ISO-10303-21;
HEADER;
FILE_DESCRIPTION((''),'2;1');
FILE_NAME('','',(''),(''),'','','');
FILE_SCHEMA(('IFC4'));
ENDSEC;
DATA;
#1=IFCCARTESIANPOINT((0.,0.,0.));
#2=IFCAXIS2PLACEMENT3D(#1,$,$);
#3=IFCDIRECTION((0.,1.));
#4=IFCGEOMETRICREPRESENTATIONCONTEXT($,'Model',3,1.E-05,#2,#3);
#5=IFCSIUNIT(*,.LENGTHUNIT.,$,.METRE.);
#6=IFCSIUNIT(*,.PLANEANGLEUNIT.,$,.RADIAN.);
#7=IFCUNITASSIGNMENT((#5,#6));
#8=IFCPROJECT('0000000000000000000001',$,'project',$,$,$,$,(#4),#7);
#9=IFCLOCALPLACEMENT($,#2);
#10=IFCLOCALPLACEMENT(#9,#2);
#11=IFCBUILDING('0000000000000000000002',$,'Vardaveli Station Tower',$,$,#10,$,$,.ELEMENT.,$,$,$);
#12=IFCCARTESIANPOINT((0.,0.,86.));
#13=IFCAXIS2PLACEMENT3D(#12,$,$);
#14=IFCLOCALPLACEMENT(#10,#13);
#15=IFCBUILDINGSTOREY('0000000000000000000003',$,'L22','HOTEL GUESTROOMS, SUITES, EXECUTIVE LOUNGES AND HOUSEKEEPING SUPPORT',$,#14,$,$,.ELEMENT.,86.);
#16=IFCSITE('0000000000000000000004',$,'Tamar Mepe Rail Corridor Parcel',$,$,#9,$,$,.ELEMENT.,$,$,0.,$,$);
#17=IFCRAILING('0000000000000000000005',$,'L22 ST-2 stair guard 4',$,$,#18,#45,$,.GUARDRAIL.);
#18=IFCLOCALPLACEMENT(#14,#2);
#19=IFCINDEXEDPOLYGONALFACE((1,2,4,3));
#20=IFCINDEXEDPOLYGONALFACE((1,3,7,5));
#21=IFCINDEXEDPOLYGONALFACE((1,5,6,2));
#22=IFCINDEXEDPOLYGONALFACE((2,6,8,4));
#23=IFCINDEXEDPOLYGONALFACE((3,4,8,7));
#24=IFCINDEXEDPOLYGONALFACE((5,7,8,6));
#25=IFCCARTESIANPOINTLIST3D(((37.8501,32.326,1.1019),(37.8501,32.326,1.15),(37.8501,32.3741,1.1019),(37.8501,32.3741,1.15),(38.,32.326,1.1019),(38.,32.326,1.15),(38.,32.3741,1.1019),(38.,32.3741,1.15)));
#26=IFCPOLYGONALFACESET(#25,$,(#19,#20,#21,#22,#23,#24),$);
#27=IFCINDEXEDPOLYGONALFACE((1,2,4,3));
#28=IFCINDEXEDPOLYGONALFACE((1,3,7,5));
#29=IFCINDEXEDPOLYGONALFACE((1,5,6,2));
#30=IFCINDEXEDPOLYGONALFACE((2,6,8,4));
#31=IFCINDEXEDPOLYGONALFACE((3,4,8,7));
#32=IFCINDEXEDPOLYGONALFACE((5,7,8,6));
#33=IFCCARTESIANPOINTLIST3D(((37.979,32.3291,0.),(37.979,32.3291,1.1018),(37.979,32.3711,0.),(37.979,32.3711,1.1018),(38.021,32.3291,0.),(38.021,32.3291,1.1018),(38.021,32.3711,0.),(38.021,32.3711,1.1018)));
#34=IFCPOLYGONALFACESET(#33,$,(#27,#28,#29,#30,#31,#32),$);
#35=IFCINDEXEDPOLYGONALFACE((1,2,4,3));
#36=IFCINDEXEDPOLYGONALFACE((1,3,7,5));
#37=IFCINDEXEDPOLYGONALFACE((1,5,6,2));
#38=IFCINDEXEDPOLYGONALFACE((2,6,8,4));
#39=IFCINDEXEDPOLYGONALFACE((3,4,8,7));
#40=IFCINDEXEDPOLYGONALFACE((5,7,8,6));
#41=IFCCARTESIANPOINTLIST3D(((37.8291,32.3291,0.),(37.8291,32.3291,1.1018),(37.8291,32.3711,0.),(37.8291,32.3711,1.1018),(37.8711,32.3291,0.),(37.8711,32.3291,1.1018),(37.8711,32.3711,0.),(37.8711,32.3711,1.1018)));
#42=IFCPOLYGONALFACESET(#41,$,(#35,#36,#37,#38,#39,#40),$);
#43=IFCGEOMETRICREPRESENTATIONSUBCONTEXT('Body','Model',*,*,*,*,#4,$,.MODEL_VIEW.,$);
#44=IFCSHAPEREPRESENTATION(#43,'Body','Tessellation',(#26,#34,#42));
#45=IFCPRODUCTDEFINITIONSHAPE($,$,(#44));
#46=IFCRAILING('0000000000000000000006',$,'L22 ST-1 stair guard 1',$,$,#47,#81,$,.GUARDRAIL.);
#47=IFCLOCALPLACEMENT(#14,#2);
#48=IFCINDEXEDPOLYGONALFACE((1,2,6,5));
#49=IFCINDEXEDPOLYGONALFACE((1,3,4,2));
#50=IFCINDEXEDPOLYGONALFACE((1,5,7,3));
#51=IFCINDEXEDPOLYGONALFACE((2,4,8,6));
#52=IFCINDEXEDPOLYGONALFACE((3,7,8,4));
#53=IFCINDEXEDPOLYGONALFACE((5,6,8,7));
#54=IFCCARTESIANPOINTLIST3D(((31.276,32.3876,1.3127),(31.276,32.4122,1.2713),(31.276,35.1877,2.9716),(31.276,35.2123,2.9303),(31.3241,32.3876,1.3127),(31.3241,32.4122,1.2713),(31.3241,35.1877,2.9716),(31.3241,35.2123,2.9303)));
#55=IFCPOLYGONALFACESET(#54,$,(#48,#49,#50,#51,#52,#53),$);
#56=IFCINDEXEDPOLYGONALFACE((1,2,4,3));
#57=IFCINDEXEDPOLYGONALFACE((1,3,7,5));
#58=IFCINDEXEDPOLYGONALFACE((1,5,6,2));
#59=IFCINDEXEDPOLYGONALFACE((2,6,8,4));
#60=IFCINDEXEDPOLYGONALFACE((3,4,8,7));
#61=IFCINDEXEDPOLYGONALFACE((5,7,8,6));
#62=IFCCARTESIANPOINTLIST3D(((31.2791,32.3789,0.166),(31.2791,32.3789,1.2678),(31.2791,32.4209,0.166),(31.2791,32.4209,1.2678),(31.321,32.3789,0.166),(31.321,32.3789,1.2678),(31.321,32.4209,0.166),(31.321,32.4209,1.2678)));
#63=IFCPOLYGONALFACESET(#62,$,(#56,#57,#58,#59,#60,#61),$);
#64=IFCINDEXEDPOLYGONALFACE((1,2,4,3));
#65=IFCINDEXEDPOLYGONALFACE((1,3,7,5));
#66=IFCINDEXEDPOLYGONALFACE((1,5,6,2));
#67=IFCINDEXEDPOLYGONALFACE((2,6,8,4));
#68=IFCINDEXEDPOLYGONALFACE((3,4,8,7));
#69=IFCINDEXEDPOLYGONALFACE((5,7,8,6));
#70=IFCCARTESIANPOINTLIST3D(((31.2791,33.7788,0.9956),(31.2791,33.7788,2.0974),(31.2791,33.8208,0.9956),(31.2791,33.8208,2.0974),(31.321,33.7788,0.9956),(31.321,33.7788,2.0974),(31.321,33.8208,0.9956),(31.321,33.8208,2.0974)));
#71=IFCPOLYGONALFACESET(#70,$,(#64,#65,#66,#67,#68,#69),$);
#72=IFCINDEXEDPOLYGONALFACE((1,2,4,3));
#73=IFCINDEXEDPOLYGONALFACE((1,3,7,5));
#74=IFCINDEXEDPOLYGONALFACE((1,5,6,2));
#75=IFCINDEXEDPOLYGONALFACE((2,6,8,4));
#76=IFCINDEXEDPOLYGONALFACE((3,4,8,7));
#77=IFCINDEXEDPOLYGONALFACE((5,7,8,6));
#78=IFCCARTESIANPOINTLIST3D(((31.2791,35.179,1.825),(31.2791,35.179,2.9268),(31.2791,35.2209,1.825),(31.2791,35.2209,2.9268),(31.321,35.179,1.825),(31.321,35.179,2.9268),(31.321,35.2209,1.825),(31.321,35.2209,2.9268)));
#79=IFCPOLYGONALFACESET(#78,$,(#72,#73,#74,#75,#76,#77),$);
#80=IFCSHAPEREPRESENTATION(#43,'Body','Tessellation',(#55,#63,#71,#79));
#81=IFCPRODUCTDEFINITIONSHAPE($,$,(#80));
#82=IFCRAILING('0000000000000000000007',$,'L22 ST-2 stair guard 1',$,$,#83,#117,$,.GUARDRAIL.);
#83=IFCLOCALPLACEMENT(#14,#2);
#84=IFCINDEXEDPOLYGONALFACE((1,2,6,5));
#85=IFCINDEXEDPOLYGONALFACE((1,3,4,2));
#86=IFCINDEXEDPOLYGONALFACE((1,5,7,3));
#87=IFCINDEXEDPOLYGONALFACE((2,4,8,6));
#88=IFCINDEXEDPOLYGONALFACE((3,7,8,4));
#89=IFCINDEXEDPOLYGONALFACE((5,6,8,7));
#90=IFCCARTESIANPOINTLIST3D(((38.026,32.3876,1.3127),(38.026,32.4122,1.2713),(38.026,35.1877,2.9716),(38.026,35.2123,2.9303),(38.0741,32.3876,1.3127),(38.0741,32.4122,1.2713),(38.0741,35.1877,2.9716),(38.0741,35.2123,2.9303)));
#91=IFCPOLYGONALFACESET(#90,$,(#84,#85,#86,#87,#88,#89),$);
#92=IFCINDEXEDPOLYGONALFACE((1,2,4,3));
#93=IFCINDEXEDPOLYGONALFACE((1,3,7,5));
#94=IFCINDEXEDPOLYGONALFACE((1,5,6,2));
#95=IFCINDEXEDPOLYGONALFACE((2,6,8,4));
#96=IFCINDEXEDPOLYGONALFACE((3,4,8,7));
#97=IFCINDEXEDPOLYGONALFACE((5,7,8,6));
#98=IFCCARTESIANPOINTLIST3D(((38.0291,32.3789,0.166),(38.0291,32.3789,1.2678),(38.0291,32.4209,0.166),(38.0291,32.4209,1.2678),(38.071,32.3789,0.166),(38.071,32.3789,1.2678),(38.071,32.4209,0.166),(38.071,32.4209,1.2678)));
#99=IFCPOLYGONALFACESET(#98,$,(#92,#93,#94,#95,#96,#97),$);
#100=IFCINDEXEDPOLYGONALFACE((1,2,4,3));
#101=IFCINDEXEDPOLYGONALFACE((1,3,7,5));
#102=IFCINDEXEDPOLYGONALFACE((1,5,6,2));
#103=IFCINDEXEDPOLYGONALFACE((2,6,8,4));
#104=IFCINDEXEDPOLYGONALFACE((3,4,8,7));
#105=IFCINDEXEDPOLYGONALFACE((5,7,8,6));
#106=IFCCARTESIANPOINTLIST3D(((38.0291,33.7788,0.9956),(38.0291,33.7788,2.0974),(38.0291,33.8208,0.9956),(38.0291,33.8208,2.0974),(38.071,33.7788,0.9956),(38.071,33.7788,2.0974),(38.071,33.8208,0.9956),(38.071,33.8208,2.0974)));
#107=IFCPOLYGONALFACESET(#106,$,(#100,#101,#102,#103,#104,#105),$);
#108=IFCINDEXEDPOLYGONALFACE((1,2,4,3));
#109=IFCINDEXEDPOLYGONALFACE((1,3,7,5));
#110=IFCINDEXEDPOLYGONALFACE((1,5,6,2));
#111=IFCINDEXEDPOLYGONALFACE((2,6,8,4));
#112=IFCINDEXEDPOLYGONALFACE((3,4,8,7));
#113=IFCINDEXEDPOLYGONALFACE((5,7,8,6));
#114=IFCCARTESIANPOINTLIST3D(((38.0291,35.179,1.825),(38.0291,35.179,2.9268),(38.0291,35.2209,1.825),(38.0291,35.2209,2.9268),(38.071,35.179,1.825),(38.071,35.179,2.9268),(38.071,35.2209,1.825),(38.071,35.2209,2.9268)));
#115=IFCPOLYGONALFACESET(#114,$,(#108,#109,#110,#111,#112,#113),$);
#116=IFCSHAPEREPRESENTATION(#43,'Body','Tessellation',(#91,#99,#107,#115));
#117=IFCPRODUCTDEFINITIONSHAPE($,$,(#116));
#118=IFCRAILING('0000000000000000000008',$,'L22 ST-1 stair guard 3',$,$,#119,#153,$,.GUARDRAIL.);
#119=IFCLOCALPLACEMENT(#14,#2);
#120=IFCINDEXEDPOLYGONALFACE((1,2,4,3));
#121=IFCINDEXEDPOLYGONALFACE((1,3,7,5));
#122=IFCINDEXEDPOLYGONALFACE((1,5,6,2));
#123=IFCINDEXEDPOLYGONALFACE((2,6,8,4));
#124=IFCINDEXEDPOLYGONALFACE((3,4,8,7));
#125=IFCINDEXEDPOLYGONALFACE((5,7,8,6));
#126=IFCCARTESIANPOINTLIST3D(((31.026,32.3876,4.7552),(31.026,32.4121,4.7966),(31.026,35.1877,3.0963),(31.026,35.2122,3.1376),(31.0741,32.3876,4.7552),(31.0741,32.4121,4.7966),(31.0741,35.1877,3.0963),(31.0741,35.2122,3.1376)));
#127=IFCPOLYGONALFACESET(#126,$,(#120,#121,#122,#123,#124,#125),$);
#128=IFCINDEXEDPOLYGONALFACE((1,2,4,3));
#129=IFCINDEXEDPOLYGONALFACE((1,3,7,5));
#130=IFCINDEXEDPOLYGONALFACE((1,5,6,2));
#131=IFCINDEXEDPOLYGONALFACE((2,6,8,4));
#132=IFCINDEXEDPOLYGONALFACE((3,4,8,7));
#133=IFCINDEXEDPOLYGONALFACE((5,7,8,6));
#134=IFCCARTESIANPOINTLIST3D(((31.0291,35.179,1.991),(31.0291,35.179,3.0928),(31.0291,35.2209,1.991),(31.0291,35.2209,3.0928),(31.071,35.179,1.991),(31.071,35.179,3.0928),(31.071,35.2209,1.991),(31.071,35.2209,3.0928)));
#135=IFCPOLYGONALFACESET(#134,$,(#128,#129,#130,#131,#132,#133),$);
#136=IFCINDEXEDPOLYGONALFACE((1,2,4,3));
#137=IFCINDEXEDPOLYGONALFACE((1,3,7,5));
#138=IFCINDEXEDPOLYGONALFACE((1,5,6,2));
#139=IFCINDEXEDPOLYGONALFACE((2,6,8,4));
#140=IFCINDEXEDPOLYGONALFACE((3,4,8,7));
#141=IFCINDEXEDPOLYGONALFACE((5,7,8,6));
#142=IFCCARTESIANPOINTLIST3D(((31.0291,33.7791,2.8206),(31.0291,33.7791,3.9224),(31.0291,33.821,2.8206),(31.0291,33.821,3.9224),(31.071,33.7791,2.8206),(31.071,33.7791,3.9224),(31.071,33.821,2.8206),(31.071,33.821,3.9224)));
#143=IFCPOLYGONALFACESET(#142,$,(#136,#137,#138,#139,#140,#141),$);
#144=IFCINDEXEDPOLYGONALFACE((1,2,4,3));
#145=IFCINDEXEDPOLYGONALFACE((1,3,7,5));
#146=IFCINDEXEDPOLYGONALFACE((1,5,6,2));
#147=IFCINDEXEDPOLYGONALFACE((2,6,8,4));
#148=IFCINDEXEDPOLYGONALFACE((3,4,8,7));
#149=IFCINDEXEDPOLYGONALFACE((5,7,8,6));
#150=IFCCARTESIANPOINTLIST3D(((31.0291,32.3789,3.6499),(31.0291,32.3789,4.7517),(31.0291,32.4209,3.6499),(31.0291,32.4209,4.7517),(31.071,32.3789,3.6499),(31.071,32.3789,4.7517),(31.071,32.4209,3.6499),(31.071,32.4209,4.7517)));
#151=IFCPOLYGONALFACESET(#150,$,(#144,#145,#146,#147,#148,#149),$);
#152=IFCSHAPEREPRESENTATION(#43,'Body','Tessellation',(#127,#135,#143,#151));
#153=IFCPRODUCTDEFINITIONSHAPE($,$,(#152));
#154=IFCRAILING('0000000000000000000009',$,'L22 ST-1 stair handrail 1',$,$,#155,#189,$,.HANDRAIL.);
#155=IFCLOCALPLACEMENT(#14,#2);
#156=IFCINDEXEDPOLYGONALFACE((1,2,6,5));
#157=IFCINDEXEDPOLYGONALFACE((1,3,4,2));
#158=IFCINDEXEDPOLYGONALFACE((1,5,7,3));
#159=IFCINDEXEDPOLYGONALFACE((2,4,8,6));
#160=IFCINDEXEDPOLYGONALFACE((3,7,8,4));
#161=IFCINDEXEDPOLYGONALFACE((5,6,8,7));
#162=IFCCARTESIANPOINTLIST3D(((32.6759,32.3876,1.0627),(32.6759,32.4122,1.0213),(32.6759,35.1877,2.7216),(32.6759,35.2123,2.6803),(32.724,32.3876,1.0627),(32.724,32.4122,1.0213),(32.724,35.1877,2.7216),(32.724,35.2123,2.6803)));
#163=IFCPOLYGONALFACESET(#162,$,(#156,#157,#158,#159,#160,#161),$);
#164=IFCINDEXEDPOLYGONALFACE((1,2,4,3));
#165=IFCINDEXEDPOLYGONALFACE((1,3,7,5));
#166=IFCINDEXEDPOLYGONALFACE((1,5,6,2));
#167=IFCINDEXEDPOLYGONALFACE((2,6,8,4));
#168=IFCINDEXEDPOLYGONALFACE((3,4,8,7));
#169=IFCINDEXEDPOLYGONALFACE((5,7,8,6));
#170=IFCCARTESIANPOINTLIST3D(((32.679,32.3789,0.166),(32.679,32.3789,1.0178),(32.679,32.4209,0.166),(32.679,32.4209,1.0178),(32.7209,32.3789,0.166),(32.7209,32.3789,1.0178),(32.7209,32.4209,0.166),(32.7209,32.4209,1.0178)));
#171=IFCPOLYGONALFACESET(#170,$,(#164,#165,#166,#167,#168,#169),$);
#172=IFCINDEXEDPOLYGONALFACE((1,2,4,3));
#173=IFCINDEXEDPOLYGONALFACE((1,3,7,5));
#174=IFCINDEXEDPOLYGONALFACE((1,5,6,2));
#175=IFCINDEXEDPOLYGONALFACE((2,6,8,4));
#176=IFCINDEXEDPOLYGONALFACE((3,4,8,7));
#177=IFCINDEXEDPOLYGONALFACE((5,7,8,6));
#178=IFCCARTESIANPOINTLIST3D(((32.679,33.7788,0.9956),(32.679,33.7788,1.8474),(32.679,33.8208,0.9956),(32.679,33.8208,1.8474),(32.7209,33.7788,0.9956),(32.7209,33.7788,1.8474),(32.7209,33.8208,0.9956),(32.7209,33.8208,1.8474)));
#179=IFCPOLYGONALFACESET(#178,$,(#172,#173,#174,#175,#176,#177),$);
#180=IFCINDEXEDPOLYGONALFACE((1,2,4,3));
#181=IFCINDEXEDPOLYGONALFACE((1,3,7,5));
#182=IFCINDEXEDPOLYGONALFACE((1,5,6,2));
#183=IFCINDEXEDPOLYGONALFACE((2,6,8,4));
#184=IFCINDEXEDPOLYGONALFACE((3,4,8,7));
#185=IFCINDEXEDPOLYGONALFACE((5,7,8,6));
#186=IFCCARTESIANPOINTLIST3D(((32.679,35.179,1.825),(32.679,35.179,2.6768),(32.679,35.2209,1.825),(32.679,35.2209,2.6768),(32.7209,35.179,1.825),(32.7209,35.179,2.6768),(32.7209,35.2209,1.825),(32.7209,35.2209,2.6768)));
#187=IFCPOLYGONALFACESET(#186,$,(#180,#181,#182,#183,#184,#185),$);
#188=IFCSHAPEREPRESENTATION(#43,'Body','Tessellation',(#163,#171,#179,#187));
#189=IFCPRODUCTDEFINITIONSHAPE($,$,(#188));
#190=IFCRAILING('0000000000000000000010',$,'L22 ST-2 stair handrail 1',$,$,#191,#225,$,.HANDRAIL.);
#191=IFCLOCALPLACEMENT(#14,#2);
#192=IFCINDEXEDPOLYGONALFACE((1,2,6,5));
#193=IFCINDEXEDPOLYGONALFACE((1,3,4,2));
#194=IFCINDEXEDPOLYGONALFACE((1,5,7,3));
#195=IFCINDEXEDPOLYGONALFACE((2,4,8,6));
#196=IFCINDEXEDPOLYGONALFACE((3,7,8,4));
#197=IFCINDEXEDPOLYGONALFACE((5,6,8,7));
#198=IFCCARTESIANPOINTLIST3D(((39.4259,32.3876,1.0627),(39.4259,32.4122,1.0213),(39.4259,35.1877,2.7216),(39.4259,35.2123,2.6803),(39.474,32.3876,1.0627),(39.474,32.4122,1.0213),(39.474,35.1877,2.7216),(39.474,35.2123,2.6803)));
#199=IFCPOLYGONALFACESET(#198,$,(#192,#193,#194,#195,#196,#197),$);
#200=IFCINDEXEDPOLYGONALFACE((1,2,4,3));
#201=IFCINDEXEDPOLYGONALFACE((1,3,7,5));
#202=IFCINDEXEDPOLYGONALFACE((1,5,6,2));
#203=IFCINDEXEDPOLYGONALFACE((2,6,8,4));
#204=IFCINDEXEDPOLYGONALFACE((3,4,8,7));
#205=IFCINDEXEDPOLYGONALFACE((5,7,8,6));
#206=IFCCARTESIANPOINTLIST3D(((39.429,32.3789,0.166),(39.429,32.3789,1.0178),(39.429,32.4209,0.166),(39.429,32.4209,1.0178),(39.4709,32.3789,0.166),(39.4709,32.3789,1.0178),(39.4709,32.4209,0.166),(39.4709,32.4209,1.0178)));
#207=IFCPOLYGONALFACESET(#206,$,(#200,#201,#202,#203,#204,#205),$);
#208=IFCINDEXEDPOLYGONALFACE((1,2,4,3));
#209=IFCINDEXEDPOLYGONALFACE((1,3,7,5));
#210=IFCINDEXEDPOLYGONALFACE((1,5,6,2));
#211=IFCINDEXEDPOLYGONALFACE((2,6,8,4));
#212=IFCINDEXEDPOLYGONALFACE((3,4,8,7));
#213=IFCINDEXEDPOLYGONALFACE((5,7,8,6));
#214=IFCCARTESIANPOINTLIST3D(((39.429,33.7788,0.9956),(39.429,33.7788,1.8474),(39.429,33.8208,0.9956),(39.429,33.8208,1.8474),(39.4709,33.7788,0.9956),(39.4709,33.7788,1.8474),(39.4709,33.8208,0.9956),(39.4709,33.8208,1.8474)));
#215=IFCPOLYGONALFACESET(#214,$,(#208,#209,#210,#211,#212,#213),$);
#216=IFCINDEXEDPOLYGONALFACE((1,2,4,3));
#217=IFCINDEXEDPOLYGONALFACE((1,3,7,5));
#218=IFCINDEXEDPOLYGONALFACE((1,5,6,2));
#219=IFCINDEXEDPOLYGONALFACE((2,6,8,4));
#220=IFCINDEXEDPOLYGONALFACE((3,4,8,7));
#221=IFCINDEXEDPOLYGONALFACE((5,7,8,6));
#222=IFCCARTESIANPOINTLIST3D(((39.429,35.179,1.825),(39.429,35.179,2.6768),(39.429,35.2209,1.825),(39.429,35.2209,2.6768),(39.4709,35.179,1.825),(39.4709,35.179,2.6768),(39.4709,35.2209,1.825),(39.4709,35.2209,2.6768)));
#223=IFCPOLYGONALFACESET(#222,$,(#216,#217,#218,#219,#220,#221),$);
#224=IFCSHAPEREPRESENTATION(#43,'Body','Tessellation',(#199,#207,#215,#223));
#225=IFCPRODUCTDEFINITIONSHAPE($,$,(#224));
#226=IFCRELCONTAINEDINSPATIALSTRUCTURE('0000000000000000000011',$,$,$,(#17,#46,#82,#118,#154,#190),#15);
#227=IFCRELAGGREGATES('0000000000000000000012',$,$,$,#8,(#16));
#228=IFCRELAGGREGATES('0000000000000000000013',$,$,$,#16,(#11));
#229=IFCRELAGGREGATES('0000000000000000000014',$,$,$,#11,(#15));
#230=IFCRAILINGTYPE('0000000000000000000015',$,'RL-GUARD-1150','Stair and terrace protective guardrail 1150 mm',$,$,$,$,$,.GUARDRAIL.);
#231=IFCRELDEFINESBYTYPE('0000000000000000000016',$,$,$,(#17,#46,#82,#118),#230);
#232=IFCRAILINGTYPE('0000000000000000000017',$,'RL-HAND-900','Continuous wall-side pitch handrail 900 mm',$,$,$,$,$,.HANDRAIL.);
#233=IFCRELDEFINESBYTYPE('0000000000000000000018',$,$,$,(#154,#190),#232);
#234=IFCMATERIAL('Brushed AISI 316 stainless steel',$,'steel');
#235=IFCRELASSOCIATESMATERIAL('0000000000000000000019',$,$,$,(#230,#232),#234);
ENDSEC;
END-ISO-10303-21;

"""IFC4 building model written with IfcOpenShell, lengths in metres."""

from ifc_helpers import new_model, si_unit, direction, frame, origin, origin_2d, place, context, subcontext, project, spatial, rectangle, extrude, source, transform, mapped, material, type_object, element, save


model = new_model("IFC4")

# Units and contexts
model_context = context("Model", 3, precision=1e-05, world=origin(), true_north=direction((0.0, 1.0)))
body_context = subcontext(model_context, "Body", "Model", "MODEL_VIEW")
ifc_project = project(units=[si_unit("LENGTHUNIT", "METRE"), si_unit("PLANEANGLEUNIT", "RADIAN")], contexts=[model_context])

# Site, building, storey
site_placement = place(None, origin())
site = spatial("IfcSite", under=ifc_project, at=site_placement, Name="Tamar Mepe Rail Corridor Parcel", CompositionType="ELEMENT", RefElevation=0.0)
building_placement = place(site_placement, origin())
building = spatial("IfcBuilding", under=site, at=building_placement, Name="Vardaveli Station Tower", CompositionType="ELEMENT")
storey_placement = place(building_placement, frame((0.0, 0.0, 86.0)))
storey = spatial("IfcBuildingStorey", under=building, at=storey_placement, Name="L22", Description="HOTEL GUESTROOMS, SUITES, EXECUTIVE LOUNGES AND HOUSEKEEPING SUPPORT", CompositionType="ELEMENT", Elevation=86.0)

# Railings
ifc_material_1 = material(Name="Brushed AISI 316 stainless steel", Category="steel")
railing_type_1 = type_object("IfcRailingType", Name="RL-GUARD-1150", Description="Stair and terrace protective guardrail 1150 mm", PredefinedType="GUARDRAIL", material=ifc_material_1)
shared_shape_1 = source(origin(), body_context, "Body", "SweptSolid", [
    extrude(rectangle(XDim=0.0481, YDim=0.0481, at=origin_2d()), frame((0.0, 0.0, 1.126), z_axis=(-1.0, 0.0, 0.0), x_axis=(0.0, -1.0, 0.0)), (0.0, 0.0, 1.0), 0.1499),
    extrude(rectangle(XDim=0.042, YDim=0.042, at=origin_2d()), origin(), (0.0, 0.0, 1.0), 1.1018),
    extrude(rectangle(XDim=0.042, YDim=0.042, at=origin_2d()), frame((-0.1499, 0.0, 0.0)), (0.0, 0.0, 1.0), 1.1018),
])
for number, where, name in (
    (1, (38.0, 32.3501, 0.0), "L22 ST-2 stair guard 4"),
):
    element("IfcRailing", number, at=place(storey_placement, frame(where)), inside=storey, type_object=railing_type_1, Name=name, PredefinedType="GUARDRAIL", context=body_context, shape_type="MappedRepresentation", body=[
        mapped(shared_shape_1, transform((0.0, 0.0, 0.0), scale=1.0)),
    ])
shared_shape_2 = source(origin(), body_context, "Body", "SweptSolid", [
    extrude(rectangle(XDim=0.0481, YDim=0.0481, at=origin_2d()), frame((0.0, 0.0, 1.126), z_axis=(0.0, 0.860339, 0.509722), x_axis=(-1.0, 0.0, 0.0)), (0.0, 0.0, 1.0), 3.2546),
    extrude(rectangle(XDim=0.042, YDim=0.042, at=origin_2d()), origin(), (0.0, 0.0, 1.0), 1.1018),
    extrude(rectangle(XDim=0.042, YDim=0.042, at=origin_2d()), frame((0.0, 1.3999, 0.8296)), (0.0, 0.0, 1.0), 1.1018),
    extrude(rectangle(XDim=0.042, YDim=0.042, at=origin_2d()), frame((0.0, 2.8, 1.6589)), (0.0, 0.0, 1.0), 1.1018),
])
for number, where, name in (
    (2, (31.3, 32.3999, 0.166), "L22 ST-1 stair guard 1"),
    (3, (38.05, 32.3999, 0.166), "L22 ST-2 stair guard 1"),
):
    element("IfcRailing", number, at=place(storey_placement, frame(where)), inside=storey, type_object=railing_type_1, Name=name, PredefinedType="GUARDRAIL", context=body_context, shape_type="MappedRepresentation", body=[
        mapped(shared_shape_2, transform((0.0, 0.0, 0.0), scale=1.0)),
    ])
shared_shape_3 = source(origin(), body_context, "Body", "SweptSolid", [
    extrude(rectangle(XDim=0.0481, YDim=0.0481, at=origin_2d()), frame((0.0, 0.0, 1.126), z_axis=(0.0, -0.860339, 0.509722), x_axis=(1.0, 0.0, 0.0)), (0.0, 0.0, 1.0), 3.2546),
    extrude(rectangle(XDim=0.042, YDim=0.042, at=origin_2d()), origin(), (0.0, 0.0, 1.0), 1.1018),
    extrude(rectangle(XDim=0.042, YDim=0.042, at=origin_2d()), frame((0.0, -1.3999, 0.8296)), (0.0, 0.0, 1.0), 1.1018),
    extrude(rectangle(XDim=0.042, YDim=0.042, at=origin_2d()), frame((0.0, -2.8, 1.6589)), (0.0, 0.0, 1.0), 1.1018),
])
railing_1_placement = place(storey_placement, frame((31.05, 35.2, 1.991)))
element("IfcRailing", 4, at=railing_1_placement, inside=storey, type_object=railing_type_1, Name="L22 ST-1 stair guard 3", PredefinedType="GUARDRAIL", context=body_context, shape_type="MappedRepresentation", body=[
    mapped(shared_shape_3, transform((0.0, 0.0, 0.0), scale=1.0)),
])
railing_type_2 = type_object("IfcRailingType", Name="RL-HAND-900", Description="Continuous wall-side pitch handrail 900 mm", PredefinedType="HANDRAIL", material=ifc_material_1)
shared_shape_4 = source(origin(), body_context, "Body", "SweptSolid", [
    extrude(rectangle(XDim=0.0481, YDim=0.0481, at=origin_2d()), frame((0.0, 0.0, 0.876), z_axis=(0.0, 0.860339, 0.509722), x_axis=(-1.0, 0.0, 0.0)), (0.0, 0.0, 1.0), 3.2546),
    extrude(rectangle(XDim=0.042, YDim=0.042, at=origin_2d()), origin(), (0.0, 0.0, 1.0), 0.8518),
    extrude(rectangle(XDim=0.042, YDim=0.042, at=origin_2d()), frame((0.0, 1.3999, 0.8296)), (0.0, 0.0, 1.0), 0.8518),
    extrude(rectangle(XDim=0.042, YDim=0.042, at=origin_2d()), frame((0.0, 2.8, 1.6589)), (0.0, 0.0, 1.0), 0.8518),
])
for number, where, name in (
    (5, (32.7, 32.3999, 0.166), "L22 ST-1 stair handrail 1"),
    (6, (39.45, 32.3999, 0.166), "L22 ST-2 stair handrail 1"),
):
    element("IfcRailing", number, at=place(storey_placement, frame(where)), inside=storey, type_object=railing_type_2, Name=name, PredefinedType="HANDRAIL", context=body_context, shape_type="MappedRepresentation", body=[
        mapped(shared_shape_4, transform((0.0, 0.0, 0.0), scale=1.0)),
    ])

save(model, "model.ifc")
